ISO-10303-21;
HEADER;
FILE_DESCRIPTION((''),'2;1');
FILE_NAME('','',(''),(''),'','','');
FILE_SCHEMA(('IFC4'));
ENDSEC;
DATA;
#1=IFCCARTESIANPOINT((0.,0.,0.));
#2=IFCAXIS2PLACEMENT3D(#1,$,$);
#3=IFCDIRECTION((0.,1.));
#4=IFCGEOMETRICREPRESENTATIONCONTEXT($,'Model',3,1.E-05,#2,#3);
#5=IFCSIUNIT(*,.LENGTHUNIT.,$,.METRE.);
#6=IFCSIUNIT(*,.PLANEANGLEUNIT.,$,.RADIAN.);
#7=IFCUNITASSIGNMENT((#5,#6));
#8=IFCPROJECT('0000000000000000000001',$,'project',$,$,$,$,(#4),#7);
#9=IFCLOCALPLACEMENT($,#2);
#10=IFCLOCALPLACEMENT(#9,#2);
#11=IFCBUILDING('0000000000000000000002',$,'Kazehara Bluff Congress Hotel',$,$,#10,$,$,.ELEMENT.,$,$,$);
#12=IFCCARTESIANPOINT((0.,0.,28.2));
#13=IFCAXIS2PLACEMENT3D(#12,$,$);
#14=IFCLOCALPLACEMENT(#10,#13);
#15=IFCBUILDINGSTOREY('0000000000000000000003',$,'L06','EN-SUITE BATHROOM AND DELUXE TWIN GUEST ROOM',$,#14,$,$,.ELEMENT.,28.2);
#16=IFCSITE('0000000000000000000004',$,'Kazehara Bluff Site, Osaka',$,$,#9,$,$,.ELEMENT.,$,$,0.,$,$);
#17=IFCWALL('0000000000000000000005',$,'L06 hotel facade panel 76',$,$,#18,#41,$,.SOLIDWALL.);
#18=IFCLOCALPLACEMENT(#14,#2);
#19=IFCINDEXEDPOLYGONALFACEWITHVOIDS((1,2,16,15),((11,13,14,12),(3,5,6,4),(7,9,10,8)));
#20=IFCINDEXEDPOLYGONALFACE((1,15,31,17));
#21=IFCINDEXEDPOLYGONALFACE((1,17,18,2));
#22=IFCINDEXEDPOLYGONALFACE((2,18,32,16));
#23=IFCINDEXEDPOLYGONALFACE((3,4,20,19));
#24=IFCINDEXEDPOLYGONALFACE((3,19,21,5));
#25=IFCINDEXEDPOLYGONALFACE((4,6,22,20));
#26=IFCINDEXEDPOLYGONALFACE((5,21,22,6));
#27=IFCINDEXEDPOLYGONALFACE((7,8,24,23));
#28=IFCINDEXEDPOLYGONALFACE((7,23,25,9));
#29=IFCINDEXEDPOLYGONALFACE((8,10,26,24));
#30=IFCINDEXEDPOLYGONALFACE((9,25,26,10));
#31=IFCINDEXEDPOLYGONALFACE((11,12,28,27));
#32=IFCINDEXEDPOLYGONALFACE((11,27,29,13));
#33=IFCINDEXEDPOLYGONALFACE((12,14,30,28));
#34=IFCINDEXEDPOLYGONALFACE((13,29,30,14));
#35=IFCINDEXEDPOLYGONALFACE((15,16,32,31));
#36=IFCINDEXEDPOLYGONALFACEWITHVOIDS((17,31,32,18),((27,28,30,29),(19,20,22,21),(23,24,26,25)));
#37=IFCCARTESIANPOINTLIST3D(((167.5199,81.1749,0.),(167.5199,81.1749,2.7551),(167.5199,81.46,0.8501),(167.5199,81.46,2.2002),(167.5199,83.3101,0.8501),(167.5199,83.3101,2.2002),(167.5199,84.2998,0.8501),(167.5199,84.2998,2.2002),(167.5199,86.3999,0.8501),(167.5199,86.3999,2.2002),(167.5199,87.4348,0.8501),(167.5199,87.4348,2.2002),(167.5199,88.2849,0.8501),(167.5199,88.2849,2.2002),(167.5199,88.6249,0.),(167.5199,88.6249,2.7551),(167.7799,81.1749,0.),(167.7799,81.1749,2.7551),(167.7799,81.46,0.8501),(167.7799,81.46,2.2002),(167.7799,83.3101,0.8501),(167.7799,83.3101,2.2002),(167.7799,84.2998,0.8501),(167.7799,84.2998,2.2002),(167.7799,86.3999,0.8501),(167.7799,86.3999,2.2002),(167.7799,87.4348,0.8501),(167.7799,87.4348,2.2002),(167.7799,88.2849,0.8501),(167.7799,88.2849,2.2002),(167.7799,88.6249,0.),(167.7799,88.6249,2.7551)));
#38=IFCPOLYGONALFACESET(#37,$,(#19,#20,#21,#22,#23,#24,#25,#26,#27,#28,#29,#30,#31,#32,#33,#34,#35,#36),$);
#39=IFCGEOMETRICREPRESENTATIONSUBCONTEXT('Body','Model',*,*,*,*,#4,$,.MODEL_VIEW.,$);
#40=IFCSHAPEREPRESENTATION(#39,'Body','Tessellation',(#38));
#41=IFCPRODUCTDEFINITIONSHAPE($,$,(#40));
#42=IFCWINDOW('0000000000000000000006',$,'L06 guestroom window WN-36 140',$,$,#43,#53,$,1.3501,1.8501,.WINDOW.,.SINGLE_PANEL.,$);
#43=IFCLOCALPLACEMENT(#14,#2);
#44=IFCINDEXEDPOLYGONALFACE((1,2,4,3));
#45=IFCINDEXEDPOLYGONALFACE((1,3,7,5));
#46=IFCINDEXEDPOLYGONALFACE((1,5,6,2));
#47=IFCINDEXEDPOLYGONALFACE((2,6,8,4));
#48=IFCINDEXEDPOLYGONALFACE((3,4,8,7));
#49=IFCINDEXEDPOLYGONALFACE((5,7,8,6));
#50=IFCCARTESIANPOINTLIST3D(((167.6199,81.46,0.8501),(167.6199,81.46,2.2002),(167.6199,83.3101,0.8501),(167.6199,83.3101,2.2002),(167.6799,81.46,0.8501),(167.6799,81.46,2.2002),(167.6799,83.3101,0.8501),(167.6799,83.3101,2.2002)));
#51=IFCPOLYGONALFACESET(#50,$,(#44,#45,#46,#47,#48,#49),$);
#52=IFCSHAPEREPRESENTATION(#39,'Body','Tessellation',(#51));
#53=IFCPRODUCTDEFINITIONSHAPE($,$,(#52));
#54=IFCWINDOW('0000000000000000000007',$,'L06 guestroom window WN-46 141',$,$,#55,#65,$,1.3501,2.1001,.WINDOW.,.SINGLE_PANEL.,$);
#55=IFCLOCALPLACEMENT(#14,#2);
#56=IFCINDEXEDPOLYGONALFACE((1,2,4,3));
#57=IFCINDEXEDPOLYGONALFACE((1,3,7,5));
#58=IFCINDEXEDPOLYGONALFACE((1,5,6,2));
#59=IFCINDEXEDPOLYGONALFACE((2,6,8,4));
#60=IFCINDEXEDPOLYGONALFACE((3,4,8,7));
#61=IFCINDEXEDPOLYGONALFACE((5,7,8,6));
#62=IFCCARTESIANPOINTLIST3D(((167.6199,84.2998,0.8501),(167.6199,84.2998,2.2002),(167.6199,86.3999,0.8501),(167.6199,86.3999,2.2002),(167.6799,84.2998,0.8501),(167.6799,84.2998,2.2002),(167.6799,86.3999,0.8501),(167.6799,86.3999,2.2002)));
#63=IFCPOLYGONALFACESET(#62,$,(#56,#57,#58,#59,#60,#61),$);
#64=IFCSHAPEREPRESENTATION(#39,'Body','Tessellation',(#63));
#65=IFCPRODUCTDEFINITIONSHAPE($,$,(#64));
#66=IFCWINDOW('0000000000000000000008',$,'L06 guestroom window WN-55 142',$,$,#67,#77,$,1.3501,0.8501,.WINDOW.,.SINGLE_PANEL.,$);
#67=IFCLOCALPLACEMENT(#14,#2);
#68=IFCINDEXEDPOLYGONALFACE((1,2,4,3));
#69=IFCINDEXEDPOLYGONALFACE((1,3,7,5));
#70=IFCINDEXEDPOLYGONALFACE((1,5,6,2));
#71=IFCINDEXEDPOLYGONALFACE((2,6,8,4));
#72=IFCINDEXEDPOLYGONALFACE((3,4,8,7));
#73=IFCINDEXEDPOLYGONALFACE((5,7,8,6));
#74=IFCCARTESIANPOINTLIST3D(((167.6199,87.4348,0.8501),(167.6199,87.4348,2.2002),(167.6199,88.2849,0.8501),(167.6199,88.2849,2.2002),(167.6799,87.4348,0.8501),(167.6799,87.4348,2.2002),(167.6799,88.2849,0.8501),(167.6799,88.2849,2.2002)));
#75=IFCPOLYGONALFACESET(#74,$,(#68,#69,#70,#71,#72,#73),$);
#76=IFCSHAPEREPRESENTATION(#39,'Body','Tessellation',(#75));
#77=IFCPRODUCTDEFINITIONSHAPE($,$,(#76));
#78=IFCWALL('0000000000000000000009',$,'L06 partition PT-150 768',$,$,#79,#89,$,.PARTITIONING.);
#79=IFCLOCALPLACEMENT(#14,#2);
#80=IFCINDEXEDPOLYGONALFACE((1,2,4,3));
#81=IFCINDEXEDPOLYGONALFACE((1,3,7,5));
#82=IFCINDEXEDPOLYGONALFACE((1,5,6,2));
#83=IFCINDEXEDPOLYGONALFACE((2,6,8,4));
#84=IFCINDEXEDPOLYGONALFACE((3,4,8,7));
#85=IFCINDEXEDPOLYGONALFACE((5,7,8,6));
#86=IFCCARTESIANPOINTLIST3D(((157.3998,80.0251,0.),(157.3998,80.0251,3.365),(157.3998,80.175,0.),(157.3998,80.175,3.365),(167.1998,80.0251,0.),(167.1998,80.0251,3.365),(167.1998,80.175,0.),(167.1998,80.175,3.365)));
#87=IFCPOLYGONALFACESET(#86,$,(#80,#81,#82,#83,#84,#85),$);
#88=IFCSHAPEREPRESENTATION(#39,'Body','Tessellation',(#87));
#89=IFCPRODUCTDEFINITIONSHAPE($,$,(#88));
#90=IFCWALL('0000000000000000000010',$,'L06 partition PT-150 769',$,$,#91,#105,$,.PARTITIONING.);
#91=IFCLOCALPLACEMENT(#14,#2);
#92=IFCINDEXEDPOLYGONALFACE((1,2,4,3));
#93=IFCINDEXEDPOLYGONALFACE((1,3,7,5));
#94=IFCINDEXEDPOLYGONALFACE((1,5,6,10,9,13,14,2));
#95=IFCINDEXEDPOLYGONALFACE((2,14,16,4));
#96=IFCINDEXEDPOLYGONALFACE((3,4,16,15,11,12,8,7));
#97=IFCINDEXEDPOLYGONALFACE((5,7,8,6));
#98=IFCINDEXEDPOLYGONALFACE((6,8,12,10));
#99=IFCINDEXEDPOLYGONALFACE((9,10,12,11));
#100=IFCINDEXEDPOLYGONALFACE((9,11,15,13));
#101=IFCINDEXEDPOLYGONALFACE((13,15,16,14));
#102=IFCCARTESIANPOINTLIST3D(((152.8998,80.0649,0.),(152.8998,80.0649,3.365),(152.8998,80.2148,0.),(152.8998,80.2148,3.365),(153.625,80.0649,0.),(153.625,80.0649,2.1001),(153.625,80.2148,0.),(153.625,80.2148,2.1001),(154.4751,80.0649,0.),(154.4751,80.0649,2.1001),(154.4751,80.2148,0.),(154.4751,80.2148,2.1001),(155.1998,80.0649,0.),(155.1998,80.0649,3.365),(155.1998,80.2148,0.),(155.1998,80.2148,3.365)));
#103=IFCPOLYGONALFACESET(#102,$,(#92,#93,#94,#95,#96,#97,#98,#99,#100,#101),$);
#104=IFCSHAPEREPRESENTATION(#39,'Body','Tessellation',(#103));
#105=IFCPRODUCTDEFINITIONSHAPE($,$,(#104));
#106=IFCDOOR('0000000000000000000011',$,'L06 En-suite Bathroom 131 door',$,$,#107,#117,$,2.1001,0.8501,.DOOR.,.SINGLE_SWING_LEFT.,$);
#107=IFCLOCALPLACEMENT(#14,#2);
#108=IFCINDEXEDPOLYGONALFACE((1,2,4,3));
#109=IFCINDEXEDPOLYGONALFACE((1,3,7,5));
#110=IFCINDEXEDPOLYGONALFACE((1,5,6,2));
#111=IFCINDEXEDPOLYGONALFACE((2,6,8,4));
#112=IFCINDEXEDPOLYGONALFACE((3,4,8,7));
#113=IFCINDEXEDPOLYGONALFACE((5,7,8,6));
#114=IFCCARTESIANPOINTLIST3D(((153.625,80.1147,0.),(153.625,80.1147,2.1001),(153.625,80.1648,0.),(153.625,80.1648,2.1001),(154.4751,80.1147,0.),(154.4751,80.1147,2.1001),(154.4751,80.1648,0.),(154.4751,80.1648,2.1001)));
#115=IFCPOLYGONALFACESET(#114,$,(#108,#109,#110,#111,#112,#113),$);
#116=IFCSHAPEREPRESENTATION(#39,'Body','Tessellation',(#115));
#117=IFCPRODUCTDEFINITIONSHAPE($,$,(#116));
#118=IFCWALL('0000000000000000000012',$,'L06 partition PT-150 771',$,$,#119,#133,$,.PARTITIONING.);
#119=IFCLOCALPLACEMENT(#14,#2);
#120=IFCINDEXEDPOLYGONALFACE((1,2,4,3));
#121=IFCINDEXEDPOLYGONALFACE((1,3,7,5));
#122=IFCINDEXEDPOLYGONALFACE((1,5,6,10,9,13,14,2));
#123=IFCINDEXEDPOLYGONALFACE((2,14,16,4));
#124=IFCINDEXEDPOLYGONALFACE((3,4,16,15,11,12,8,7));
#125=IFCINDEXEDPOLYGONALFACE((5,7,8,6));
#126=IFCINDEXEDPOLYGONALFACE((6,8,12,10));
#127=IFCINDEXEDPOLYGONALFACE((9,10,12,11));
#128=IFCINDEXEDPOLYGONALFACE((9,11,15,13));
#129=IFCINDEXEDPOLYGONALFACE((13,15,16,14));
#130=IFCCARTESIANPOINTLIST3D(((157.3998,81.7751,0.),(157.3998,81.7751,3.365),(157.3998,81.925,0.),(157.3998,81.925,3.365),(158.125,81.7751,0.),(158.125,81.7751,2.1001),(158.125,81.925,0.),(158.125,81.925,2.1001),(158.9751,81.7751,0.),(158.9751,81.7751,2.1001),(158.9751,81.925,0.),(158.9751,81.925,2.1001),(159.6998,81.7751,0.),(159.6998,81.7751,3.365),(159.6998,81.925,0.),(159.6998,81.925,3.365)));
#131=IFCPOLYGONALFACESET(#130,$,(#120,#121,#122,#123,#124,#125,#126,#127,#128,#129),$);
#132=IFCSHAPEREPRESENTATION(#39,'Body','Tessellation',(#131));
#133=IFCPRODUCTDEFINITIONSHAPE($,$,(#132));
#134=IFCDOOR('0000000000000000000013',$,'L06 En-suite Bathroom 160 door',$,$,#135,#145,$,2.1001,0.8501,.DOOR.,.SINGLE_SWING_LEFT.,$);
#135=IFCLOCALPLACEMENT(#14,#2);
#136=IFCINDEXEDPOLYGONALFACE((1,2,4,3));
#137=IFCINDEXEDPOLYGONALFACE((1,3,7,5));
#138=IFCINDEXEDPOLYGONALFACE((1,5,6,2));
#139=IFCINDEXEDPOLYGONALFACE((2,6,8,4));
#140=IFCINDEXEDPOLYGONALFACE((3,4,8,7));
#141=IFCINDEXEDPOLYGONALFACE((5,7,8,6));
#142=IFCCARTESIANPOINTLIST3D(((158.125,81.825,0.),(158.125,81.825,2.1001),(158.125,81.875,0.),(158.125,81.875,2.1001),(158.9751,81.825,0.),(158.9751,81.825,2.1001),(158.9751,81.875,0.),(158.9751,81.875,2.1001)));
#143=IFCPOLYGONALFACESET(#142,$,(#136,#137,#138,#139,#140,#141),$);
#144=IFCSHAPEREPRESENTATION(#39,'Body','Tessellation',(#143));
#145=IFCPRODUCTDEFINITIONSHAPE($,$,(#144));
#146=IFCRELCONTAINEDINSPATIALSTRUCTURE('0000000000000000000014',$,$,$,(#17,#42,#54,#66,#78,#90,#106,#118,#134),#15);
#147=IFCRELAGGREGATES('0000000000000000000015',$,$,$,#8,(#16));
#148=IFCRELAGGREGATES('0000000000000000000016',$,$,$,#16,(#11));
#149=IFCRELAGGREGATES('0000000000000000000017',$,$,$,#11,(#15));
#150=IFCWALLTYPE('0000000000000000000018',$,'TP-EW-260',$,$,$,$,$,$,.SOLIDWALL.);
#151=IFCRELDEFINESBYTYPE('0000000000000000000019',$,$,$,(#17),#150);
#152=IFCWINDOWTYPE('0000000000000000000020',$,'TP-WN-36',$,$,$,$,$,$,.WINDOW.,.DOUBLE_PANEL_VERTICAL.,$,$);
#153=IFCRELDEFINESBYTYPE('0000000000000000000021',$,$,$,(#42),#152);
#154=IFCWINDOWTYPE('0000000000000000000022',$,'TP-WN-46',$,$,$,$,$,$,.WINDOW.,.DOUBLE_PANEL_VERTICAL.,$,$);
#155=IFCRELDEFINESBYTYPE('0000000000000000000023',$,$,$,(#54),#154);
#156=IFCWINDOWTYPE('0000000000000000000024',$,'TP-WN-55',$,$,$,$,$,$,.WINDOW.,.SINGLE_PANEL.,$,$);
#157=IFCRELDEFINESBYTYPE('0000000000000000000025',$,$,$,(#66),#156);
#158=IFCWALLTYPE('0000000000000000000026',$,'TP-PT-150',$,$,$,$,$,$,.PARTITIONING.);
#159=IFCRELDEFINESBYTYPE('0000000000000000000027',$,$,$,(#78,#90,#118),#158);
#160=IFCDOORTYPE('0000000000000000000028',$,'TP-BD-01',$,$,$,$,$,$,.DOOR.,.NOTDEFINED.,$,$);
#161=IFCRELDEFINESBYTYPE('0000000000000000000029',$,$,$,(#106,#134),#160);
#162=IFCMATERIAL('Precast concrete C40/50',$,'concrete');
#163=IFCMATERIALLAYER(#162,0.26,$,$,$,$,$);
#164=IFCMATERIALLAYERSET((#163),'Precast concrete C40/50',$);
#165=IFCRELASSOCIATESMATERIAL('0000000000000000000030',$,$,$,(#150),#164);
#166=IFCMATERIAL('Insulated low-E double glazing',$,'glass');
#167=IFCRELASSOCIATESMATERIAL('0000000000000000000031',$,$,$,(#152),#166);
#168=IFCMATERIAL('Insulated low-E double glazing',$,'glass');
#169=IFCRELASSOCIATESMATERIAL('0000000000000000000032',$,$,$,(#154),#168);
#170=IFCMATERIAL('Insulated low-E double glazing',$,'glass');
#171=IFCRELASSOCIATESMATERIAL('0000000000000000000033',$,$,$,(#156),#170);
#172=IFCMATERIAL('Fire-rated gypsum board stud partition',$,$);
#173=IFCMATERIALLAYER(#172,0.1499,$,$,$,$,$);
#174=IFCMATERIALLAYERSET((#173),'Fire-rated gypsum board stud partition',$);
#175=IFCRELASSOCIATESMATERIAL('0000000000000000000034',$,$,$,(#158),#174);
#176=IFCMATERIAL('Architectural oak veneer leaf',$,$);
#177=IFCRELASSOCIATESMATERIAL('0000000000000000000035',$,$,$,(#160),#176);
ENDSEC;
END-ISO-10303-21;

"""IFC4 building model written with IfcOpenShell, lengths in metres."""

from ifc_helpers import new_model, si_unit, direction, frame, frame_2d, origin, place, context, subcontext, project, spatial, rectangle, extrude, material, layer, layer_set, type_object, element, fill, save


model = new_model("IFC4")

# Units and contexts
model_context = context("Model", 3, precision=1e-05, world=origin(), true_north=direction((0.0, 1.0)))
body_context = subcontext(model_context, "Body", "Model", "MODEL_VIEW")
ifc_project = project(units=[si_unit("LENGTHUNIT", "METRE"), si_unit("PLANEANGLEUNIT", "RADIAN")], contexts=[model_context])

# Site, building, storey
site_placement = place(None, origin())
site = spatial("IfcSite", under=ifc_project, at=site_placement, Name="Kazehara Bluff Site, Osaka", CompositionType="ELEMENT", RefElevation=0.0)
building_placement = place(site_placement, origin())
building = spatial("IfcBuilding", under=site, at=building_placement, Name="Kazehara Bluff Congress Hotel", CompositionType="ELEMENT")
storey_placement = place(building_placement, frame((0.0, 0.0, 28.2)))
storey = spatial("IfcBuildingStorey", under=building, at=storey_placement, Name="L06", Description="EN-SUITE BATHROOM AND DELUXE TWIN GUEST ROOM", CompositionType="ELEMENT", Elevation=28.2)

# Shared definitions
ifc_material_1 = material(Name="Precast concrete C40/50", Category="concrete")
ifc_layer_1 = layer(ifc_material_1, 0.26)
ifc_layer_set_1 = layer_set([ifc_layer_1], Name="Precast concrete C40/50")
wall_type_1 = type_object("IfcWallType", Name="TP-EW-260", PredefinedType="SOLIDWALL", material=ifc_layer_set_1)

# Wall, openings, windows
wall_1_placement = place(storey_placement, frame((167.6499, 88.625, 0.0), z_axis=(0.0, 0.0, 1.0), x_axis=(0.0, -1.0, 0.0)))
wall_1 = element("IfcWall", 1, at=wall_1_placement, inside=storey, type_object=wall_type_1, Name="L06 hotel facade panel 76", PredefinedType="SOLIDWALL", context=body_context, shape_type="SweptSolid", body=[
    extrude(rectangle(XDim=7.45, YDim=0.26, at=frame_2d((3.7251, 0.0))), origin(), (0.0, 0.0, 1.0), 2.7551),
])
opening_1_placement = place(wall_1_placement, frame((5.3149, 0.0, 0.8501)))
opening_1 = element("IfcOpeningElement", 2, at=opening_1_placement, cuts=wall_1, PredefinedType="OPENING", context=body_context, shape_type="SweptSolid", body=[
    extrude(rectangle(XDim=1.8501, YDim=1.3501, at=frame_2d((0.925, 0.675))), frame((0.0, 0.1399, 0.0), z_axis=(0.0, -1.0, 0.0), x_axis=(1.0, 0.0, 0.0)), (0.0, 0.0, 1.0), 0.28),
])
opening_2_placement = place(wall_1_placement, frame((2.2251, 0.0, 0.8501)))
opening_2 = element("IfcOpeningElement", 3, at=opening_2_placement, cuts=wall_1, PredefinedType="OPENING", context=body_context, shape_type="SweptSolid", body=[
    extrude(rectangle(XDim=2.1001, YDim=1.3501, at=frame_2d((1.05, 0.675))), frame((0.0, 0.1399, 0.0), z_axis=(0.0, -1.0, 0.0), x_axis=(1.0, 0.0, 0.0)), (0.0, 0.0, 1.0), 0.28),
])
opening_3_placement = place(wall_1_placement, frame((0.3401, 0.0, 0.8501)))
opening_3 = element("IfcOpeningElement", 4, at=opening_3_placement, cuts=wall_1, PredefinedType="OPENING", context=body_context, shape_type="SweptSolid", body=[
    extrude(rectangle(XDim=0.8501, YDim=1.3501, at=frame_2d((0.425, 0.675))), frame((0.0, 0.1399, 0.0), z_axis=(0.0, -1.0, 0.0), x_axis=(1.0, 0.0, 0.0)), (0.0, 0.0, 1.0), 0.28),
])
ifc_material_2 = material(Name="Insulated low-E double glazing", Category="glass")
window_type_1 = type_object("IfcWindowType", Name="TP-WN-36", PartitioningType="DOUBLE_PANEL_VERTICAL", PredefinedType="WINDOW", material=ifc_material_2)
window_1_placement = place(opening_1_placement, origin())
window_1 = element("IfcWindow", 5, at=window_1_placement, inside=storey, type_object=window_type_1, Name="L06 guestroom window WN-36 140", OverallHeight=1.3501, OverallWidth=1.8501, PartitioningType="SINGLE_PANEL", PredefinedType="WINDOW", context=body_context, shape_type="SweptSolid", body=[
    extrude(rectangle(XDim=1.8501, YDim=1.3501, at=frame_2d((0.925, 0.675))), frame((0.0, 0.03, 0.0), z_axis=(0.0, -1.0, 0.0), x_axis=(1.0, 0.0, 0.0)), (0.0, 0.0, 1.0), 0.0601),
])
fill(opening_1, window_1)
ifc_material_3 = material(Name="Insulated low-E double glazing", Category="glass")
window_type_2 = type_object("IfcWindowType", Name="TP-WN-46", PartitioningType="DOUBLE_PANEL_VERTICAL", PredefinedType="WINDOW", material=ifc_material_3)
window_2_placement = place(opening_2_placement, origin())
window_2 = element("IfcWindow", 6, at=window_2_placement, inside=storey, type_object=window_type_2, Name="L06 guestroom window WN-46 141", OverallHeight=1.3501, OverallWidth=2.1001, PartitioningType="SINGLE_PANEL", PredefinedType="WINDOW", context=body_context, shape_type="SweptSolid", body=[
    extrude(rectangle(XDim=2.1001, YDim=1.3501, at=frame_2d((1.05, 0.675))), frame((0.0, 0.03, 0.0), z_axis=(0.0, -1.0, 0.0), x_axis=(1.0, 0.0, 0.0)), (0.0, 0.0, 1.0), 0.0601),
])
fill(opening_2, window_2)
ifc_material_4 = material(Name="Insulated low-E double glazing", Category="glass")
window_type_3 = type_object("IfcWindowType", Name="TP-WN-55", PartitioningType="SINGLE_PANEL", PredefinedType="WINDOW", material=ifc_material_4)
window_3_placement = place(opening_3_placement, origin())
window_3 = element("IfcWindow", 7, at=window_3_placement, inside=storey, type_object=window_type_3, Name="L06 guestroom window WN-55 142", OverallHeight=1.3501, OverallWidth=0.8501, PartitioningType="SINGLE_PANEL", PredefinedType="WINDOW", context=body_context, shape_type="SweptSolid", body=[
    extrude(rectangle(XDim=0.8501, YDim=1.3501, at=frame_2d((0.425, 0.675))), frame((0.0, 0.03, 0.0), z_axis=(0.0, -1.0, 0.0), x_axis=(1.0, 0.0, 0.0)), (0.0, 0.0, 1.0), 0.0601),
])
fill(opening_3, window_3)

# Wall
ifc_material_5 = material(Name="Fire-rated gypsum board stud partition")
ifc_layer_2 = layer(ifc_material_5, 0.1499)
ifc_layer_set_2 = layer_set([ifc_layer_2], Name="Fire-rated gypsum board stud partition")
wall_type_2 = type_object("IfcWallType", Name="TP-PT-150", PredefinedType="PARTITIONING", material=ifc_layer_set_2)
wall_2_placement = place(storey_placement, frame((157.3999, 80.1001, 0.0), z_axis=(0.0, 0.0, 1.0), x_axis=(1.0, 0.0, 0.0)))
element("IfcWall", 8, at=wall_2_placement, inside=storey, type_object=wall_type_2, Name="L06 partition PT-150 768", PredefinedType="PARTITIONING", context=body_context, shape_type="SweptSolid", body=[
    extrude(rectangle(XDim=9.8, YDim=0.1499, at=frame_2d((4.8999, 0.0))), origin(), (0.0, 0.0, 1.0), 3.365),
])

# Walls, openings, doors
wall_3_placement = place(storey_placement, frame((152.8999, 80.1399, 0.0), z_axis=(0.0, 0.0, 1.0), x_axis=(1.0, 0.0, 0.0)))
wall_3 = element("IfcWall", 9, at=wall_3_placement, inside=storey, type_object=wall_type_2, Name="L06 partition PT-150 769", PredefinedType="PARTITIONING", context=body_context, shape_type="SweptSolid", body=[
    extrude(rectangle(XDim=2.3, YDim=0.1499, at=frame_2d((1.1499, 0.0))), origin(), (0.0, 0.0, 1.0), 3.365),
])
opening_4_placement = place(wall_3_placement, frame((0.7251, 0.0, 0.0)))
opening_4 = element("IfcOpeningElement", 10, at=opening_4_placement, cuts=wall_3, PredefinedType="OPENING", context=body_context, shape_type="SweptSolid", body=[
    extrude(rectangle(XDim=0.8501, YDim=2.1001, at=frame_2d((0.425, 1.05))), frame((0.0, 0.085, 0.0), z_axis=(0.0, -1.0, 0.0), x_axis=(1.0, 0.0, 0.0)), (0.0, 0.0, 1.0), 0.1699),
])
ifc_material_6 = material(Name="Architectural oak veneer leaf")
door_type = type_object("IfcDoorType", Name="TP-BD-01", OperationType="NOTDEFINED", PredefinedType="DOOR", material=ifc_material_6)
door_1_placement = place(opening_4_placement, origin())
door_1 = element("IfcDoor", 11, at=door_1_placement, inside=storey, type_object=door_type, Name="L06 En-suite Bathroom 131 door", OperationType="SINGLE_SWING_LEFT", OverallHeight=2.1001, OverallWidth=0.8501, PredefinedType="DOOR", context=body_context, shape_type="SweptSolid", body=[
    extrude(rectangle(XDim=0.8501, YDim=2.1001, at=frame_2d((0.425, 1.05))), frame((0.0, 0.0249, 0.0), z_axis=(0.0, -1.0, 0.0), x_axis=(1.0, 0.0, 0.0)), (0.0, 0.0, 1.0), 0.05),
])
fill(opening_4, door_1)
wall_4_placement = place(storey_placement, frame((157.3999, 81.8501, 0.0), z_axis=(0.0, 0.0, 1.0), x_axis=(1.0, 0.0, 0.0)))
wall_4 = element("IfcWall", 12, at=wall_4_placement, inside=storey, type_object=wall_type_2, Name="L06 partition PT-150 771", PredefinedType="PARTITIONING", context=body_context, shape_type="SweptSolid", body=[
    extrude(rectangle(XDim=2.3, YDim=0.1499, at=frame_2d((1.1499, 0.0))), origin(), (0.0, 0.0, 1.0), 3.365),
])
opening_5_placement = place(wall_4_placement, frame((0.7251, 0.0, 0.0)))
opening_5 = element("IfcOpeningElement", 13, at=opening_5_placement, cuts=wall_4, PredefinedType="OPENING", context=body_context, shape_type="SweptSolid", body=[
    extrude(rectangle(XDim=0.8501, YDim=2.1001, at=frame_2d((0.425, 1.05))), frame((0.0, 0.085, 0.0), z_axis=(0.0, -1.0, 0.0), x_axis=(1.0, 0.0, 0.0)), (0.0, 0.0, 1.0), 0.1699),
])
door_2_placement = place(opening_5_placement, origin())
door_2 = element("IfcDoor", 14, at=door_2_placement, inside=storey, type_object=door_type, Name="L06 En-suite Bathroom 160 door", OperationType="SINGLE_SWING_LEFT", OverallHeight=2.1001, OverallWidth=0.8501, PredefinedType="DOOR", context=body_context, shape_type="SweptSolid", body=[
    extrude(rectangle(XDim=0.8501, YDim=2.1001, at=frame_2d((0.425, 1.05))), frame((0.0, 0.0249, 0.0), z_axis=(0.0, -1.0, 0.0), x_axis=(1.0, 0.0, 0.0)), (0.0, 0.0, 1.0), 0.05),
])
fill(opening_5, door_2)

save(model, "model.ifc")
